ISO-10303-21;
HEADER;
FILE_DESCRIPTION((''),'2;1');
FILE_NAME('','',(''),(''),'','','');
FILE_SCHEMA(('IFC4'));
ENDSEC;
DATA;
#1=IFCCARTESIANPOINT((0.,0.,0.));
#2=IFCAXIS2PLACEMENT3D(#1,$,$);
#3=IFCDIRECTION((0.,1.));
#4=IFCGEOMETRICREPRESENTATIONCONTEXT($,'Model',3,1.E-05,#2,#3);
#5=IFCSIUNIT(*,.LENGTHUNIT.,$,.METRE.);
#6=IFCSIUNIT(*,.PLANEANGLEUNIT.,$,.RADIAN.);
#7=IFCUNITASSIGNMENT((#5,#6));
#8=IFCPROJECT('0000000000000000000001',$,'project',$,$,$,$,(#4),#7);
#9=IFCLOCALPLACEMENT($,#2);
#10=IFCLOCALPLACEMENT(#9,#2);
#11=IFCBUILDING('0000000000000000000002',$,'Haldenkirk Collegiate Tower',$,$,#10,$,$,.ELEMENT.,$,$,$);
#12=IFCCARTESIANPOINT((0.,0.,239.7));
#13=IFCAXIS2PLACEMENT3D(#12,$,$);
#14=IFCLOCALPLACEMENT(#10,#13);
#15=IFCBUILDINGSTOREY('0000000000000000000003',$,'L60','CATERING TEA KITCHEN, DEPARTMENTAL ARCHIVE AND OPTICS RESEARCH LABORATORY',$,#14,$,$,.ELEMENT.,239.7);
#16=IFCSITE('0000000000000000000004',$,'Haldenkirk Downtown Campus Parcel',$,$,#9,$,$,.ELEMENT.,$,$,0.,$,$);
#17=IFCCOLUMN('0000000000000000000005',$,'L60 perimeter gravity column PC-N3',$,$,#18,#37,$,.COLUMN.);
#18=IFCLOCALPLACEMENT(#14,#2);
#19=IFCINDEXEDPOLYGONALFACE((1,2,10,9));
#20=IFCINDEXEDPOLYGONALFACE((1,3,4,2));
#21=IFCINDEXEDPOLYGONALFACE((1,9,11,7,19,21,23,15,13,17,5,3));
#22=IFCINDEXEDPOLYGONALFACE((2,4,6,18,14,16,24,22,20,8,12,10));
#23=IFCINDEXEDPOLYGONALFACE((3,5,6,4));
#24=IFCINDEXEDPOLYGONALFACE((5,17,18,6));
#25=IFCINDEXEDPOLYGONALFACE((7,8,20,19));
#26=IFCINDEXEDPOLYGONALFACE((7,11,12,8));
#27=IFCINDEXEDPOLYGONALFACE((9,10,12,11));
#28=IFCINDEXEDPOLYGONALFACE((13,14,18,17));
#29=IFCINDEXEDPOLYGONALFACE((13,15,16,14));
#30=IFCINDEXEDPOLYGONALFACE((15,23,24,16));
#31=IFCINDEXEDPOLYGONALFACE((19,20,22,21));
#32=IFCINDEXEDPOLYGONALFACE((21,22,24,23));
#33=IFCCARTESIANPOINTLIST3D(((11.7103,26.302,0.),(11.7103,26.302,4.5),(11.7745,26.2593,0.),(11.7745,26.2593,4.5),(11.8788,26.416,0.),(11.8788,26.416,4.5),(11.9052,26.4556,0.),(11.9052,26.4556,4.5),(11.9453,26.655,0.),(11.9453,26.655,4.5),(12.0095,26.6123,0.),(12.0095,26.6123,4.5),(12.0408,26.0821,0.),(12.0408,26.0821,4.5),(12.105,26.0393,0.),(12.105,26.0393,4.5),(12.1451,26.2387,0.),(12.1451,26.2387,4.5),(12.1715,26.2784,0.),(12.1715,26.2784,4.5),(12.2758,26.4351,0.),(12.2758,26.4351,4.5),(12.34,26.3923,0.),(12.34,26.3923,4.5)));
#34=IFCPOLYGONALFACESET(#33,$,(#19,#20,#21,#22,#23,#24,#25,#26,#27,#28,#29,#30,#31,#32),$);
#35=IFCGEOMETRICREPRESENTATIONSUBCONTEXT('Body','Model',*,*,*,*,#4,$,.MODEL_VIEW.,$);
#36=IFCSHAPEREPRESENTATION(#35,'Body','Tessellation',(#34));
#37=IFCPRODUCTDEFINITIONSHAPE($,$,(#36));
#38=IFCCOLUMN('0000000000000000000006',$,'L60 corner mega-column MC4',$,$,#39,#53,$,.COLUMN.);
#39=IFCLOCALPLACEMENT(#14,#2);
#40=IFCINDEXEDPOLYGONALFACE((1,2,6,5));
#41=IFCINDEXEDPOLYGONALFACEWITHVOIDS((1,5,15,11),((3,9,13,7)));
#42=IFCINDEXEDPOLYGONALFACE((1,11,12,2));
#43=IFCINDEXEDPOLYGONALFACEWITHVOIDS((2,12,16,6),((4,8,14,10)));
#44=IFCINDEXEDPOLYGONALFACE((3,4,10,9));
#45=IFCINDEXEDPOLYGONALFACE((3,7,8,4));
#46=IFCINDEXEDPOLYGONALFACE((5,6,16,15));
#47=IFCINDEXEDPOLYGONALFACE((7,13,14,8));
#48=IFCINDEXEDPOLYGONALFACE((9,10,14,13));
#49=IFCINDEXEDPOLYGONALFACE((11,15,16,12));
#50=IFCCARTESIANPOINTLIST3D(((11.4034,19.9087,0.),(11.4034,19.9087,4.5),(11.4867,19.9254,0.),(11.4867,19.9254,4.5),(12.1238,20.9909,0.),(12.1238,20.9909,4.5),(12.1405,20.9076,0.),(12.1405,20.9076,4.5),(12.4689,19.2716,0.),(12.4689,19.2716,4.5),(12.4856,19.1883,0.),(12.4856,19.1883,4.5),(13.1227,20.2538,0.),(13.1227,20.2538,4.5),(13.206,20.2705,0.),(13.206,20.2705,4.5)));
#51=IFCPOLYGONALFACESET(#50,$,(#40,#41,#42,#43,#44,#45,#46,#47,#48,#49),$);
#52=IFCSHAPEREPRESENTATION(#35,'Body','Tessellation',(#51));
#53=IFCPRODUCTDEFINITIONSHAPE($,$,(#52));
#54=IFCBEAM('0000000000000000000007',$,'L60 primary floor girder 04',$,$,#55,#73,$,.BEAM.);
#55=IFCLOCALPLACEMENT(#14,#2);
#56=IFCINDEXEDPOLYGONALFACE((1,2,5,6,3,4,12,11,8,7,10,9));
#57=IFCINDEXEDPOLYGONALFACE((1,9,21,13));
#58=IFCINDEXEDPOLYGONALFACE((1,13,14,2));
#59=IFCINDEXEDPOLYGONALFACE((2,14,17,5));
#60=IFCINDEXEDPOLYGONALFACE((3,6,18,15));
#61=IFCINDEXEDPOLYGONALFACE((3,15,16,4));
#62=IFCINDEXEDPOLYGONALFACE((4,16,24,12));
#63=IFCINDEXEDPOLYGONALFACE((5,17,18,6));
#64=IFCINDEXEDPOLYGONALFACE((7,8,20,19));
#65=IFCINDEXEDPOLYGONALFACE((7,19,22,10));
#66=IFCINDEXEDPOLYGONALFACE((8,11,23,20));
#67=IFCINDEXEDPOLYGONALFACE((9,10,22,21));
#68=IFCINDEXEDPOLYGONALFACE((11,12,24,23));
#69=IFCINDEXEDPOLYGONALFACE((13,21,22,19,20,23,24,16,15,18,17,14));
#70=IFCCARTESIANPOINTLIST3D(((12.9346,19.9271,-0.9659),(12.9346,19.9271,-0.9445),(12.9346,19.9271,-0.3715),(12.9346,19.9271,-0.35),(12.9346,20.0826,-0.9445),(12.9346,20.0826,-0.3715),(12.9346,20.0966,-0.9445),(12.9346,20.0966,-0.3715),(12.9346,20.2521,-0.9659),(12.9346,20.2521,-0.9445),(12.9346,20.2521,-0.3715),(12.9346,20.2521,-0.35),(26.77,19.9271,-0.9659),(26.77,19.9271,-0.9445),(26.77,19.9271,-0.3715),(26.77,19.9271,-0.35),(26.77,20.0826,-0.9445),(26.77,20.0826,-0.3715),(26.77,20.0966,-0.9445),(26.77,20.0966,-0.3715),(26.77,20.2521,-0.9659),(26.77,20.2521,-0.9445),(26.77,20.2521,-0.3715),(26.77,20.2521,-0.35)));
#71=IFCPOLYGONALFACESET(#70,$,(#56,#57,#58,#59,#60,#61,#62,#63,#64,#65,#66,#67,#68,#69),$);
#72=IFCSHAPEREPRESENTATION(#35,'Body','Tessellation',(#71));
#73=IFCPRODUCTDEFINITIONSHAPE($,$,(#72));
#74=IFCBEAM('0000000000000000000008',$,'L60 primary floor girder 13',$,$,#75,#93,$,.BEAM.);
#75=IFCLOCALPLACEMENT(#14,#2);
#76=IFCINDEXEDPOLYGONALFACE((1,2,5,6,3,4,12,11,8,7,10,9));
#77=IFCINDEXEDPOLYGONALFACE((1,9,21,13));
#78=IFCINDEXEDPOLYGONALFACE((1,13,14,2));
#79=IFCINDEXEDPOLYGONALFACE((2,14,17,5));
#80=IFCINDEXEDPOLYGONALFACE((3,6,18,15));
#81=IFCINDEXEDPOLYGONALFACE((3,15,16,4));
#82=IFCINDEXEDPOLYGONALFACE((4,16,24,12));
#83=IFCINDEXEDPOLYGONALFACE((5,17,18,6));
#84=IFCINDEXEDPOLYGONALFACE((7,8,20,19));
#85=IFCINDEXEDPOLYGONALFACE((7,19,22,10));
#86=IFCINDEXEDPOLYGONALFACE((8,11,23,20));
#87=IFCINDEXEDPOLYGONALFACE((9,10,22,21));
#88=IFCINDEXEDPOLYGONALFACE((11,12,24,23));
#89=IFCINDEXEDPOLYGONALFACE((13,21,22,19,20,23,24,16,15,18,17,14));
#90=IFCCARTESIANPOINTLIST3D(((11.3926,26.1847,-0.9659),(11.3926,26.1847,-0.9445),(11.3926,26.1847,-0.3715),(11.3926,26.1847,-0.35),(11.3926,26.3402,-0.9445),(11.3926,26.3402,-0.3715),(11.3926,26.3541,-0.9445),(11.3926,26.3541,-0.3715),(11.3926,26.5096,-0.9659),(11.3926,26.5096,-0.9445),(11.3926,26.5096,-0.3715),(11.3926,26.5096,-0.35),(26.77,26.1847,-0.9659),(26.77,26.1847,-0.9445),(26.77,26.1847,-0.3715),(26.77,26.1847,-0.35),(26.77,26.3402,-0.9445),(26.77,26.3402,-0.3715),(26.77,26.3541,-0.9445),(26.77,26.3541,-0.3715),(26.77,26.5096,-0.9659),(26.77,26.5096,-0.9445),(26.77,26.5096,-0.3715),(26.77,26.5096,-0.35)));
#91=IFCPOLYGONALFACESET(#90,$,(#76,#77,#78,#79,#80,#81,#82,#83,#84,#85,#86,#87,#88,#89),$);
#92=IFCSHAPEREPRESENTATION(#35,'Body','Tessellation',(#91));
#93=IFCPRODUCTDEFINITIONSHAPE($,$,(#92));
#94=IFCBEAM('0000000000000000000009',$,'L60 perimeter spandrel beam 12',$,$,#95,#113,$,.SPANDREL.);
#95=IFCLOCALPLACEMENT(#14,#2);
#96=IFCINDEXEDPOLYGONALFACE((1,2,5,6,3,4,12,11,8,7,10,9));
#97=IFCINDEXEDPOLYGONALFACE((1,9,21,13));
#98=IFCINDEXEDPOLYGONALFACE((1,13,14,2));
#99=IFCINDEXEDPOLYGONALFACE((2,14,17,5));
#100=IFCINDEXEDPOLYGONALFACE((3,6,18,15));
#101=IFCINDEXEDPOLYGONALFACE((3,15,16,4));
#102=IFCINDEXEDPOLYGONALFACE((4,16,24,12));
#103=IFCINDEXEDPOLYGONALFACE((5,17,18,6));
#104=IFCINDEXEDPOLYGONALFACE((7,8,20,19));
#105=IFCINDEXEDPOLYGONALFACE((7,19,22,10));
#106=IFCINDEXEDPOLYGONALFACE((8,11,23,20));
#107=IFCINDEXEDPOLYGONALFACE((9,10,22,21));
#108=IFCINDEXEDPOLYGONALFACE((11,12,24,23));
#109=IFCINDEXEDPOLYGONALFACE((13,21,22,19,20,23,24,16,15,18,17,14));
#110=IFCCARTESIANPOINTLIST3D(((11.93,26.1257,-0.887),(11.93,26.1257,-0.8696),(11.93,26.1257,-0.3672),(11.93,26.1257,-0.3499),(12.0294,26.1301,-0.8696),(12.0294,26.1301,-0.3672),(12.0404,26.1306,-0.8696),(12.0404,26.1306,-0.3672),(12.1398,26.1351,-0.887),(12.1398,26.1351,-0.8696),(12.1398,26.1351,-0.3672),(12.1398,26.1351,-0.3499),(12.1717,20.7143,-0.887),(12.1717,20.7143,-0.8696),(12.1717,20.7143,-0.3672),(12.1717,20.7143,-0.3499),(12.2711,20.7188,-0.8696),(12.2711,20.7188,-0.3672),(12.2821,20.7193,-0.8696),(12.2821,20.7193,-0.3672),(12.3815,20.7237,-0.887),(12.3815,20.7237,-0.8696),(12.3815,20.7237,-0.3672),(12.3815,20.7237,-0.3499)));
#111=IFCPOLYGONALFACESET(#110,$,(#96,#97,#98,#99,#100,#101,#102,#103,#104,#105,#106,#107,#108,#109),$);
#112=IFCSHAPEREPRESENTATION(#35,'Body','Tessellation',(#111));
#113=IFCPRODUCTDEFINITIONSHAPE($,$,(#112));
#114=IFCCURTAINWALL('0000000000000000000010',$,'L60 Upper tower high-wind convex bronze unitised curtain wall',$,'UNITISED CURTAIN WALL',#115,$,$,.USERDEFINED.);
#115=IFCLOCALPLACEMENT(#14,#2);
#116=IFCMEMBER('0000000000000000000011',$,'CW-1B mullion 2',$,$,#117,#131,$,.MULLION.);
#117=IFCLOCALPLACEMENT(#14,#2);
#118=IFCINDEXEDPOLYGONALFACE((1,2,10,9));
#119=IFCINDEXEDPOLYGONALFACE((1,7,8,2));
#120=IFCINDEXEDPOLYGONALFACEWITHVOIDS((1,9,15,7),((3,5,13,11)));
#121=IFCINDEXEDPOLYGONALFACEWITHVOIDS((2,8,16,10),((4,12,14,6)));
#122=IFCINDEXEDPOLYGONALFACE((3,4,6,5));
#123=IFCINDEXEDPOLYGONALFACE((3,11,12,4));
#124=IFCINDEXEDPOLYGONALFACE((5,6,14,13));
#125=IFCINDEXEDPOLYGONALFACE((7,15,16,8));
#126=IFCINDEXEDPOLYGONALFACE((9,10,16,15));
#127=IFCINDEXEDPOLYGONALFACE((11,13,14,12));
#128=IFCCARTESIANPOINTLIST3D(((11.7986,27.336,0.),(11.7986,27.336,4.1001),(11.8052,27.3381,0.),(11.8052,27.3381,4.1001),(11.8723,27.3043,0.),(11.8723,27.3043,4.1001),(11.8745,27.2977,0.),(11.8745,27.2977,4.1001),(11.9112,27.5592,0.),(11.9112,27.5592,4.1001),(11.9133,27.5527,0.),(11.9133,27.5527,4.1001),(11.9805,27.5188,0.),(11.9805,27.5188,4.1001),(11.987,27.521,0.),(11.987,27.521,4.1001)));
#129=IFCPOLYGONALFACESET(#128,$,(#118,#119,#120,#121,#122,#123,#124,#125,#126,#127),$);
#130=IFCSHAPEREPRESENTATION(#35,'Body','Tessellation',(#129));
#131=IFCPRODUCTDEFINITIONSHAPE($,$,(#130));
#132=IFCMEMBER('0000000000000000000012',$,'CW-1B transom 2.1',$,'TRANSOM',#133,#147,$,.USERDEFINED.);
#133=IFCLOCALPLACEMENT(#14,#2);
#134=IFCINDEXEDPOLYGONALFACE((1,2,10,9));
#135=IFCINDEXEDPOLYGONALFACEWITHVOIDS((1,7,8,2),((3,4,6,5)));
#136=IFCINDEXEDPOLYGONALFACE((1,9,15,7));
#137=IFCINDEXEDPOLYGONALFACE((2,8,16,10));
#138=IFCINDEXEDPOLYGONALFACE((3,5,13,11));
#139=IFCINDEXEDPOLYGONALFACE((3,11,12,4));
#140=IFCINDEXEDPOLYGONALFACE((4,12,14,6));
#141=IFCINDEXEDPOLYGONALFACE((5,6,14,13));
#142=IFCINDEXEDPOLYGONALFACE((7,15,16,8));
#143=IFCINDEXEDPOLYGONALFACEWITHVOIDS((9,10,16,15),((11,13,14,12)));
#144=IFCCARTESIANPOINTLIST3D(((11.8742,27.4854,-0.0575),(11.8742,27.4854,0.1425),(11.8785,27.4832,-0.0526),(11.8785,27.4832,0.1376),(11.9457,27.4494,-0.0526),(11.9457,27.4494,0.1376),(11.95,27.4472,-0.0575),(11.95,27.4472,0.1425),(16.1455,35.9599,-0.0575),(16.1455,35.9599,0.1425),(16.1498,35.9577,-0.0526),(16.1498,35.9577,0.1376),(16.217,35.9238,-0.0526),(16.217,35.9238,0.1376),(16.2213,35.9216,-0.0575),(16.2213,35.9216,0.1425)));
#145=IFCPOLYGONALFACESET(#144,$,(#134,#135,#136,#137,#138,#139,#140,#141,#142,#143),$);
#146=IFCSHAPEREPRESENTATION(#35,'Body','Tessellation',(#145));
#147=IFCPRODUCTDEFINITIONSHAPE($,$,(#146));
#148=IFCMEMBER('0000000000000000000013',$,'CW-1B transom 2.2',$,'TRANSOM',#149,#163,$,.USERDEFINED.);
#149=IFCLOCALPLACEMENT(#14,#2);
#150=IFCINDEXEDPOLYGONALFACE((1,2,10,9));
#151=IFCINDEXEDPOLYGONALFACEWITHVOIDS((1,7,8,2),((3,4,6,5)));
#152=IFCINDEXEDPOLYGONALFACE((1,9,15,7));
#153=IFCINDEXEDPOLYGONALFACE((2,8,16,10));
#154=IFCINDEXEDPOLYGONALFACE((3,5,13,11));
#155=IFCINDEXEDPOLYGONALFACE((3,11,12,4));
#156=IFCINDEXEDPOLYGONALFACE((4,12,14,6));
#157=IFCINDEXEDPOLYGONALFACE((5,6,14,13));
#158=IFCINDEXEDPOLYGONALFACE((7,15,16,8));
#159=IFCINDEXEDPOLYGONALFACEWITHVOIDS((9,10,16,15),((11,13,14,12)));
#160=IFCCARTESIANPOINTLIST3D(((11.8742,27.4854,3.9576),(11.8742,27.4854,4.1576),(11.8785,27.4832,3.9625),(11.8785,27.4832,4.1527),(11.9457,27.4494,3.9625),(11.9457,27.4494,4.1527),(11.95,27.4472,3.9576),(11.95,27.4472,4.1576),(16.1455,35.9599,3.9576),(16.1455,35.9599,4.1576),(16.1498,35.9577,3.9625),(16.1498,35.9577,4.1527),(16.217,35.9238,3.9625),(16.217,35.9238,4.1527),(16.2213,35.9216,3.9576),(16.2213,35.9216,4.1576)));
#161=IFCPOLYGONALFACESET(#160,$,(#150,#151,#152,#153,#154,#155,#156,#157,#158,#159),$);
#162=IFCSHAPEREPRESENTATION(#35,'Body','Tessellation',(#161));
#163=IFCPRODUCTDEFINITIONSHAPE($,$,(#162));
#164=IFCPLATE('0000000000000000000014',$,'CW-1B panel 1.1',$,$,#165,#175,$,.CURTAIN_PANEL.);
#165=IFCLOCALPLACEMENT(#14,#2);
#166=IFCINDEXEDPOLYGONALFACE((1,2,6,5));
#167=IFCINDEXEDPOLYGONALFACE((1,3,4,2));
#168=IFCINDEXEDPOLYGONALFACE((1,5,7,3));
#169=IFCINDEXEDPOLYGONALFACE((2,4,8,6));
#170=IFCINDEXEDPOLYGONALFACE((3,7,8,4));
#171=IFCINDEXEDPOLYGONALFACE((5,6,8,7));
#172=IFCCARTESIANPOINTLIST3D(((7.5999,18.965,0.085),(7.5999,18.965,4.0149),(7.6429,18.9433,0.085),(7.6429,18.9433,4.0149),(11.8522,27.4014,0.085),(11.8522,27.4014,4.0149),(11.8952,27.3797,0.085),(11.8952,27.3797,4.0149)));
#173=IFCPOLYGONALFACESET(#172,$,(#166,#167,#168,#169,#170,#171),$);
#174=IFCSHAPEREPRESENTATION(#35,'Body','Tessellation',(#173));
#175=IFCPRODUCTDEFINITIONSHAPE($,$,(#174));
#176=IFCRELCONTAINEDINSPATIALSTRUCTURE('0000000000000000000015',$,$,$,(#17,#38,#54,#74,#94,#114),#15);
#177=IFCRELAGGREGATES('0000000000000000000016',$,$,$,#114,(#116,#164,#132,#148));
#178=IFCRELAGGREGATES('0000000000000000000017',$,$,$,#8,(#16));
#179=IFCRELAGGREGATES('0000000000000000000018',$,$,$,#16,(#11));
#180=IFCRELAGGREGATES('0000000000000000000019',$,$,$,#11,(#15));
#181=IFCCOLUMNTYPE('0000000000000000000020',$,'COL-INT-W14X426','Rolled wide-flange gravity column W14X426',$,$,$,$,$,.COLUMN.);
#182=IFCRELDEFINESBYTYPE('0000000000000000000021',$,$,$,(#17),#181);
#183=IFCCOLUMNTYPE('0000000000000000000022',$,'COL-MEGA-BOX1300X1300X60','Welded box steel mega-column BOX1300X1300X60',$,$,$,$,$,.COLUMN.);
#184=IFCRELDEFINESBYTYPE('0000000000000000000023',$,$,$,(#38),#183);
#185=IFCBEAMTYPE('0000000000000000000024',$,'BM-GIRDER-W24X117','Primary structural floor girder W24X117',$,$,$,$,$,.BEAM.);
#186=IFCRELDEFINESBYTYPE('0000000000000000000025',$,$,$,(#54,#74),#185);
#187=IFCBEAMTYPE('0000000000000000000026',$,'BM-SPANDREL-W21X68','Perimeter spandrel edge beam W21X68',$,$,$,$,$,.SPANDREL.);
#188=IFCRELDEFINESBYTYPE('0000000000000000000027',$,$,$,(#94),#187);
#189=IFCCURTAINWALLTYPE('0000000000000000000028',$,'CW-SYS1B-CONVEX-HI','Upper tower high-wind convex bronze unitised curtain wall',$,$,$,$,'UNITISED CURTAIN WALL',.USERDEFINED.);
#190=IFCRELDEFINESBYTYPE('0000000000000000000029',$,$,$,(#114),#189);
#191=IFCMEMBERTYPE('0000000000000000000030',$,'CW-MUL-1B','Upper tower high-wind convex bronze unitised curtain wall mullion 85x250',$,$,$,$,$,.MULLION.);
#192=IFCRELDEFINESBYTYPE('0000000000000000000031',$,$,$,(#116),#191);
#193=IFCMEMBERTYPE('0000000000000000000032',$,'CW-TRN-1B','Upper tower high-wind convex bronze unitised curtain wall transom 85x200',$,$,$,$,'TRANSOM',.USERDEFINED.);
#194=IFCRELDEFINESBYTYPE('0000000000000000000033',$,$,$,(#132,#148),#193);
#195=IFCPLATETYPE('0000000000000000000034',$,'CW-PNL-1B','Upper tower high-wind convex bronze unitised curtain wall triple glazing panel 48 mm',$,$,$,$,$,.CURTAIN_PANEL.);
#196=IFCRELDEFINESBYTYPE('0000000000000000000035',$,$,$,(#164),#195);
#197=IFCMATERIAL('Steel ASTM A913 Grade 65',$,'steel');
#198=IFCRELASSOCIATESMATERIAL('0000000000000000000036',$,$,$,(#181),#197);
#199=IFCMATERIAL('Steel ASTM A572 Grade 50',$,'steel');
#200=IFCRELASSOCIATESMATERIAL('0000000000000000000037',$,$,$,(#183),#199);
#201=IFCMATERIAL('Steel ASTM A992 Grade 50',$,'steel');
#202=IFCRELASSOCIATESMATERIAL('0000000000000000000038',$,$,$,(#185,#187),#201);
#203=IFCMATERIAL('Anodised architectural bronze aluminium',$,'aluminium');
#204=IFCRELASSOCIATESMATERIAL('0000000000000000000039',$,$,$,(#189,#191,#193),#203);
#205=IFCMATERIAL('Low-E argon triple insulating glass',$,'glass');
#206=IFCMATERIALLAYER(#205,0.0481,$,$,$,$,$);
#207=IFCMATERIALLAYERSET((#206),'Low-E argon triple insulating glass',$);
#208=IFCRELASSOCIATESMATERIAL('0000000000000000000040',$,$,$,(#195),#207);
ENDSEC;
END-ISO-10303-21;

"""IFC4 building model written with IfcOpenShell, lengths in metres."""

from ifc_helpers import new_model, si_unit, direction, frame, origin, origin_2d, place, context, subcontext, project, spatial, rectangle, hollow_rectangle, i_section, extrude, source, transform, mapped, material, layer, layer_set, material_profile, profile_set, type_object, element, aggregate, save


model = new_model("IFC4")

# Units and contexts
model_context = context("Model", 3, precision=1e-05, world=origin(), true_north=direction((0.0, 1.0)))
body_context = subcontext(model_context, "Body", "Model", "MODEL_VIEW")
ifc_project = project(units=[si_unit("LENGTHUNIT", "METRE"), si_unit("PLANEANGLEUNIT", "RADIAN")], contexts=[model_context])

# Site, building, storey
site_placement = place(None, origin())
site = spatial("IfcSite", under=ifc_project, at=site_placement, Name="Haldenkirk Downtown Campus Parcel", CompositionType="ELEMENT", RefElevation=0.0)
building_placement = place(site_placement, origin())
building = spatial("IfcBuilding", under=site, at=building_placement, Name="Haldenkirk Collegiate Tower", CompositionType="ELEMENT")
storey_placement = place(building_placement, frame((0.0, 0.0, 239.7)))
storey = spatial("IfcBuildingStorey", under=building, at=storey_placement, Name="L60", Description="CATERING TEA KITCHEN, DEPARTMENTAL ARCHIVE AND OPTICS RESEARCH LABORATORY", CompositionType="ELEMENT", Elevation=239.7)

# Columns
ifc_material_1 = material(Name="Steel ASTM A913 Grade 65", Category="steel")
ifc_material_profile_1 = material_profile(ifc_material_1, i_section(OverallWidth=0.4241, OverallDepth=0.4741, WebThickness=0.0476, FlangeThickness=0.0771, at=origin_2d()), Name="W14X426")
ifc_profile_set_1 = profile_set([ifc_material_profile_1], Name="Steel ASTM A913 Grade 65")
column_type_1 = type_object("IfcColumnType", Name="COL-INT-W14X426", Description="Rolled wide-flange gravity column W14X426", PredefinedType="COLUMN", material=ifc_profile_set_1)
column_1_placement = place(storey_placement, frame((12.0251, 26.3472, 0.0), z_axis=(0.0, 0.0, 1.0), x_axis=(0.554118, 0.832438, 0.0)))
element("IfcColumn", 1, at=column_1_placement, inside=storey, type_object=column_type_1, Name="L60 perimeter gravity column PC-N3", PredefinedType="COLUMN", context=body_context, shape_type="SweptSolid", body=[
    extrude(i_section(OverallWidth=0.4241, OverallDepth=0.4741, WebThickness=0.0476, FlangeThickness=0.0771, at=origin_2d()), origin(), (0.0, 0.0, 1.0), 4.5),
])
ifc_material_2 = material(Name="Steel ASTM A572 Grade 50", Category="steel")
ifc_material_profile_2 = material_profile(ifc_material_2, hollow_rectangle(XDim=1.3, YDim=1.3, WallThickness=0.0601, at=origin_2d()), Name="BOX1300X1300X60")
ifc_profile_set_2 = profile_set([ifc_material_profile_2], Name="Steel ASTM A572 Grade 50")
column_type_2 = type_object("IfcColumnType", Name="COL-MEGA-BOX1300X1300X60", Description="Welded box steel mega-column BOX1300X1300X60", PredefinedType="COLUMN", material=ifc_profile_set_2)
column_2_placement = place(storey_placement, frame((12.3047, 20.0896, 0.0), z_axis=(0.0, 0.0, 1.0), x_axis=(0.554118, 0.832438, 0.0)))
element("IfcColumn", 2, at=column_2_placement, inside=storey, type_object=column_type_2, Name="L60 corner mega-column MC4", PredefinedType="COLUMN", context=body_context, shape_type="SweptSolid", body=[
    extrude(hollow_rectangle(XDim=1.3, YDim=1.3, WallThickness=0.0601, at=origin_2d()), origin(), (0.0, 0.0, 1.0), 4.5),
])

# Beams
ifc_material_3 = material(Name="Steel ASTM A992 Grade 50", Category="steel")
ifc_material_profile_3 = material_profile(ifc_material_3, i_section(OverallWidth=0.325, OverallDepth=0.616, WebThickness=0.0139, FlangeThickness=0.0215, at=origin_2d()), Name="W24X117")
ifc_profile_set_3 = profile_set([ifc_material_profile_3], Name="Steel ASTM A992 Grade 50")
beam_type_1 = type_object("IfcBeamType", Name="BM-GIRDER-W24X117", Description="Primary structural floor girder W24X117", PredefinedType="BEAM", material=ifc_profile_set_3)
beam_1_placement = place(storey_placement, frame((12.9346, 20.0896, -0.658), z_axis=(1.0, 0.0, 0.0), x_axis=(0.0, 1.0, 0.0)))
element("IfcBeam", 3, at=beam_1_placement, inside=storey, type_object=beam_type_1, Name="L60 primary floor girder 04", PredefinedType="BEAM", context=body_context, shape_type="SweptSolid", body=[
    extrude(i_section(OverallWidth=0.325, OverallDepth=0.616, WebThickness=0.0139, FlangeThickness=0.0215, at=origin_2d()), origin(), (0.0, 0.0, 1.0), 13.8354),
])
beam_2_placement = place(storey_placement, frame((11.3926, 26.3472, -0.658), z_axis=(1.0, 0.0, 0.0), x_axis=(0.0, 1.0, 0.0)))
element("IfcBeam", 4, at=beam_2_placement, inside=storey, type_object=beam_type_1, Name="L60 primary floor girder 13", PredefinedType="BEAM", context=body_context, shape_type="SweptSolid", body=[
    extrude(i_section(OverallWidth=0.325, OverallDepth=0.616, WebThickness=0.0139, FlangeThickness=0.0215, at=origin_2d()), origin(), (0.0, 0.0, 1.0), 15.3774),
])
ifc_material_profile_4 = material_profile(ifc_material_3, i_section(OverallWidth=0.21, OverallDepth=0.5371, WebThickness=0.011, FlangeThickness=0.0173, at=origin_2d()), Name="W21X68")
ifc_profile_set_4 = profile_set([ifc_material_profile_4], Name="Steel ASTM A992 Grade 50")
beam_type_2 = type_object("IfcBeamType", Name="BM-SPANDREL-W21X68", Description="Perimeter spandrel edge beam W21X68", PredefinedType="SPANDREL", material=ifc_profile_set_4)
beam_3_placement = place(storey_placement, frame((12.0349, 26.1304, -0.6184), z_axis=(0.044621, -0.999004, 0.0), x_axis=(0.999004, 0.044621, 0.0)))
element("IfcBeam", 5, at=beam_3_placement, inside=storey, type_object=beam_type_2, Name="L60 perimeter spandrel beam 12", PredefinedType="SPANDREL", context=body_context, shape_type="SweptSolid", body=[
    extrude(i_section(OverallWidth=0.21, OverallDepth=0.5371, WebThickness=0.011, FlangeThickness=0.0173, at=origin_2d()), origin(), (0.0, 0.0, 1.0), 5.4167),
])

# Curtain wall, members, plate
ifc_material_4 = material(Name="Anodised architectural bronze aluminium", Category="aluminium")
curtain_wall_type = type_object("IfcCurtainWallType", Name="CW-SYS1B-CONVEX-HI", Description="Upper tower high-wind convex bronze unitised curtain wall", ElementType="UNITISED CURTAIN WALL", PredefinedType="USERDEFINED", material=ifc_material_4)
curtain_wall_placement = place(storey_placement, origin())
curtain_wall = element("IfcCurtainWall", 6, at=curtain_wall_placement, inside=storey, type_object=curtain_wall_type, Name="L60 Upper tower high-wind convex bronze unitised curtain wall", ObjectType="UNITISED CURTAIN WALL", PredefinedType="USERDEFINED")
ifc_material_profile_5 = material_profile(ifc_material_4, hollow_rectangle(XDim=0.085, YDim=0.25, WallThickness=0.0049, at=origin_2d()), Name="CW-MUL-1B")
ifc_profile_set_5 = profile_set([ifc_material_profile_5], Name="Anodised architectural bronze aluminium")
member_type_1 = type_object("IfcMemberType", Name="CW-MUL-1B", Description="Upper tower high-wind convex bronze unitised curtain wall mullion 85x250", PredefinedType="MULLION", material=ifc_profile_set_5)
member_1_placement = place(storey_placement, frame((11.8928, 27.4285, 0.0), z_axis=(0.0, 0.0, 1.0), x_axis=(-0.892978, 0.4501, 0.0)))
member_1 = element("IfcMember", 7, at=member_1_placement, type_object=member_type_1, Name="CW-1B mullion 2", PredefinedType="MULLION", context=body_context, shape_type="SweptSolid", body=[
    extrude(hollow_rectangle(XDim=0.085, YDim=0.25, WallThickness=0.0049, at=origin_2d()), origin(), (0.0, 0.0, 1.0), 4.1001),
])
ifc_material_profile_6 = material_profile(ifc_material_4, hollow_rectangle(XDim=0.085, YDim=0.2, WallThickness=0.0049, at=origin_2d()), Name="CW-TRN-1B")
ifc_profile_set_6 = profile_set([ifc_material_profile_6], Name="Anodised architectural bronze aluminium")
member_type_2 = type_object("IfcMemberType", Name="CW-TRN-1B", Description="Upper tower high-wind convex bronze unitised curtain wall transom 85x200", ElementType="TRANSOM", PredefinedType="USERDEFINED", material=ifc_profile_set_6)
member_2_placement = place(storey_placement, frame((11.9121, 27.4663, 0.0425), z_axis=(0.450082, 0.892987, 0.0), x_axis=(-0.892987, 0.450082, 0.0)))
member_2 = element("IfcMember", 8, at=member_2_placement, type_object=member_type_2, Name="CW-1B transom 2.1", ObjectType="TRANSOM", PredefinedType="USERDEFINED", context=body_context, shape_type="SweptSolid", body=[
    extrude(hollow_rectangle(XDim=0.085, YDim=0.2, WallThickness=0.0049, at=origin_2d()), origin(), (0.0, 0.0, 1.0), 9.49),
])
member_3_placement = place(storey_placement, frame((11.9121, 27.4663, 4.0576), z_axis=(0.450082, 0.892987, 0.0), x_axis=(-0.892987, 0.450082, 0.0)))
member_3 = element("IfcMember", 9, at=member_3_placement, type_object=member_type_2, Name="CW-1B transom 2.2", ObjectType="TRANSOM", PredefinedType="USERDEFINED", context=body_context, shape_type="SweptSolid", body=[
    extrude(hollow_rectangle(XDim=0.085, YDim=0.2, WallThickness=0.0049, at=origin_2d()), origin(), (0.0, 0.0, 1.0), 9.49),
])
ifc_material_5 = material(Name="Low-E argon triple insulating glass", Category="glass")
ifc_layer_1 = layer(ifc_material_5, 0.0481)
ifc_layer_set_1 = layer_set([ifc_layer_1], Name="Low-E argon triple insulating glass")
plate_type_1 = type_object("IfcPlateType", Name="CW-PNL-1B", Description="Upper tower high-wind convex bronze unitised curtain wall triple glazing panel 48 mm", PredefinedType="CURTAIN_PANEL", material=ifc_layer_set_1)
shared_shape_1 = source(origin(), body_context, "Body", "SweptSolid", [
    extrude(rectangle(XDim=9.4475, YDim=0.0481, at=origin_2d()), origin(), (0.0, 0.0, 1.0), 3.9299),
])
plate_1_placement = place(storey_placement, frame((9.7476, 23.1724, 0.085), z_axis=(0.0, 0.0, 1.0), x_axis=(0.4501, 0.892978, 0.0)))
plate_1 = element("IfcPlate", 10, at=plate_1_placement, type_object=plate_type_1, Name="CW-1B panel 1.1", PredefinedType="CURTAIN_PANEL", context=body_context, shape_type="MappedRepresentation", body=[
    mapped(shared_shape_1, transform((0.0, 0.0, 0.0), x_axis=(1.0, 0.0, 0.0), y_axis=(0.0, 1.0, 0.0), z_axis=(0.0, 0.0, 1.0), scale=1.0)),
])
aggregate(curtain_wall, [member_1, plate_1, member_2, member_3])

save(model, "model.ifc")
